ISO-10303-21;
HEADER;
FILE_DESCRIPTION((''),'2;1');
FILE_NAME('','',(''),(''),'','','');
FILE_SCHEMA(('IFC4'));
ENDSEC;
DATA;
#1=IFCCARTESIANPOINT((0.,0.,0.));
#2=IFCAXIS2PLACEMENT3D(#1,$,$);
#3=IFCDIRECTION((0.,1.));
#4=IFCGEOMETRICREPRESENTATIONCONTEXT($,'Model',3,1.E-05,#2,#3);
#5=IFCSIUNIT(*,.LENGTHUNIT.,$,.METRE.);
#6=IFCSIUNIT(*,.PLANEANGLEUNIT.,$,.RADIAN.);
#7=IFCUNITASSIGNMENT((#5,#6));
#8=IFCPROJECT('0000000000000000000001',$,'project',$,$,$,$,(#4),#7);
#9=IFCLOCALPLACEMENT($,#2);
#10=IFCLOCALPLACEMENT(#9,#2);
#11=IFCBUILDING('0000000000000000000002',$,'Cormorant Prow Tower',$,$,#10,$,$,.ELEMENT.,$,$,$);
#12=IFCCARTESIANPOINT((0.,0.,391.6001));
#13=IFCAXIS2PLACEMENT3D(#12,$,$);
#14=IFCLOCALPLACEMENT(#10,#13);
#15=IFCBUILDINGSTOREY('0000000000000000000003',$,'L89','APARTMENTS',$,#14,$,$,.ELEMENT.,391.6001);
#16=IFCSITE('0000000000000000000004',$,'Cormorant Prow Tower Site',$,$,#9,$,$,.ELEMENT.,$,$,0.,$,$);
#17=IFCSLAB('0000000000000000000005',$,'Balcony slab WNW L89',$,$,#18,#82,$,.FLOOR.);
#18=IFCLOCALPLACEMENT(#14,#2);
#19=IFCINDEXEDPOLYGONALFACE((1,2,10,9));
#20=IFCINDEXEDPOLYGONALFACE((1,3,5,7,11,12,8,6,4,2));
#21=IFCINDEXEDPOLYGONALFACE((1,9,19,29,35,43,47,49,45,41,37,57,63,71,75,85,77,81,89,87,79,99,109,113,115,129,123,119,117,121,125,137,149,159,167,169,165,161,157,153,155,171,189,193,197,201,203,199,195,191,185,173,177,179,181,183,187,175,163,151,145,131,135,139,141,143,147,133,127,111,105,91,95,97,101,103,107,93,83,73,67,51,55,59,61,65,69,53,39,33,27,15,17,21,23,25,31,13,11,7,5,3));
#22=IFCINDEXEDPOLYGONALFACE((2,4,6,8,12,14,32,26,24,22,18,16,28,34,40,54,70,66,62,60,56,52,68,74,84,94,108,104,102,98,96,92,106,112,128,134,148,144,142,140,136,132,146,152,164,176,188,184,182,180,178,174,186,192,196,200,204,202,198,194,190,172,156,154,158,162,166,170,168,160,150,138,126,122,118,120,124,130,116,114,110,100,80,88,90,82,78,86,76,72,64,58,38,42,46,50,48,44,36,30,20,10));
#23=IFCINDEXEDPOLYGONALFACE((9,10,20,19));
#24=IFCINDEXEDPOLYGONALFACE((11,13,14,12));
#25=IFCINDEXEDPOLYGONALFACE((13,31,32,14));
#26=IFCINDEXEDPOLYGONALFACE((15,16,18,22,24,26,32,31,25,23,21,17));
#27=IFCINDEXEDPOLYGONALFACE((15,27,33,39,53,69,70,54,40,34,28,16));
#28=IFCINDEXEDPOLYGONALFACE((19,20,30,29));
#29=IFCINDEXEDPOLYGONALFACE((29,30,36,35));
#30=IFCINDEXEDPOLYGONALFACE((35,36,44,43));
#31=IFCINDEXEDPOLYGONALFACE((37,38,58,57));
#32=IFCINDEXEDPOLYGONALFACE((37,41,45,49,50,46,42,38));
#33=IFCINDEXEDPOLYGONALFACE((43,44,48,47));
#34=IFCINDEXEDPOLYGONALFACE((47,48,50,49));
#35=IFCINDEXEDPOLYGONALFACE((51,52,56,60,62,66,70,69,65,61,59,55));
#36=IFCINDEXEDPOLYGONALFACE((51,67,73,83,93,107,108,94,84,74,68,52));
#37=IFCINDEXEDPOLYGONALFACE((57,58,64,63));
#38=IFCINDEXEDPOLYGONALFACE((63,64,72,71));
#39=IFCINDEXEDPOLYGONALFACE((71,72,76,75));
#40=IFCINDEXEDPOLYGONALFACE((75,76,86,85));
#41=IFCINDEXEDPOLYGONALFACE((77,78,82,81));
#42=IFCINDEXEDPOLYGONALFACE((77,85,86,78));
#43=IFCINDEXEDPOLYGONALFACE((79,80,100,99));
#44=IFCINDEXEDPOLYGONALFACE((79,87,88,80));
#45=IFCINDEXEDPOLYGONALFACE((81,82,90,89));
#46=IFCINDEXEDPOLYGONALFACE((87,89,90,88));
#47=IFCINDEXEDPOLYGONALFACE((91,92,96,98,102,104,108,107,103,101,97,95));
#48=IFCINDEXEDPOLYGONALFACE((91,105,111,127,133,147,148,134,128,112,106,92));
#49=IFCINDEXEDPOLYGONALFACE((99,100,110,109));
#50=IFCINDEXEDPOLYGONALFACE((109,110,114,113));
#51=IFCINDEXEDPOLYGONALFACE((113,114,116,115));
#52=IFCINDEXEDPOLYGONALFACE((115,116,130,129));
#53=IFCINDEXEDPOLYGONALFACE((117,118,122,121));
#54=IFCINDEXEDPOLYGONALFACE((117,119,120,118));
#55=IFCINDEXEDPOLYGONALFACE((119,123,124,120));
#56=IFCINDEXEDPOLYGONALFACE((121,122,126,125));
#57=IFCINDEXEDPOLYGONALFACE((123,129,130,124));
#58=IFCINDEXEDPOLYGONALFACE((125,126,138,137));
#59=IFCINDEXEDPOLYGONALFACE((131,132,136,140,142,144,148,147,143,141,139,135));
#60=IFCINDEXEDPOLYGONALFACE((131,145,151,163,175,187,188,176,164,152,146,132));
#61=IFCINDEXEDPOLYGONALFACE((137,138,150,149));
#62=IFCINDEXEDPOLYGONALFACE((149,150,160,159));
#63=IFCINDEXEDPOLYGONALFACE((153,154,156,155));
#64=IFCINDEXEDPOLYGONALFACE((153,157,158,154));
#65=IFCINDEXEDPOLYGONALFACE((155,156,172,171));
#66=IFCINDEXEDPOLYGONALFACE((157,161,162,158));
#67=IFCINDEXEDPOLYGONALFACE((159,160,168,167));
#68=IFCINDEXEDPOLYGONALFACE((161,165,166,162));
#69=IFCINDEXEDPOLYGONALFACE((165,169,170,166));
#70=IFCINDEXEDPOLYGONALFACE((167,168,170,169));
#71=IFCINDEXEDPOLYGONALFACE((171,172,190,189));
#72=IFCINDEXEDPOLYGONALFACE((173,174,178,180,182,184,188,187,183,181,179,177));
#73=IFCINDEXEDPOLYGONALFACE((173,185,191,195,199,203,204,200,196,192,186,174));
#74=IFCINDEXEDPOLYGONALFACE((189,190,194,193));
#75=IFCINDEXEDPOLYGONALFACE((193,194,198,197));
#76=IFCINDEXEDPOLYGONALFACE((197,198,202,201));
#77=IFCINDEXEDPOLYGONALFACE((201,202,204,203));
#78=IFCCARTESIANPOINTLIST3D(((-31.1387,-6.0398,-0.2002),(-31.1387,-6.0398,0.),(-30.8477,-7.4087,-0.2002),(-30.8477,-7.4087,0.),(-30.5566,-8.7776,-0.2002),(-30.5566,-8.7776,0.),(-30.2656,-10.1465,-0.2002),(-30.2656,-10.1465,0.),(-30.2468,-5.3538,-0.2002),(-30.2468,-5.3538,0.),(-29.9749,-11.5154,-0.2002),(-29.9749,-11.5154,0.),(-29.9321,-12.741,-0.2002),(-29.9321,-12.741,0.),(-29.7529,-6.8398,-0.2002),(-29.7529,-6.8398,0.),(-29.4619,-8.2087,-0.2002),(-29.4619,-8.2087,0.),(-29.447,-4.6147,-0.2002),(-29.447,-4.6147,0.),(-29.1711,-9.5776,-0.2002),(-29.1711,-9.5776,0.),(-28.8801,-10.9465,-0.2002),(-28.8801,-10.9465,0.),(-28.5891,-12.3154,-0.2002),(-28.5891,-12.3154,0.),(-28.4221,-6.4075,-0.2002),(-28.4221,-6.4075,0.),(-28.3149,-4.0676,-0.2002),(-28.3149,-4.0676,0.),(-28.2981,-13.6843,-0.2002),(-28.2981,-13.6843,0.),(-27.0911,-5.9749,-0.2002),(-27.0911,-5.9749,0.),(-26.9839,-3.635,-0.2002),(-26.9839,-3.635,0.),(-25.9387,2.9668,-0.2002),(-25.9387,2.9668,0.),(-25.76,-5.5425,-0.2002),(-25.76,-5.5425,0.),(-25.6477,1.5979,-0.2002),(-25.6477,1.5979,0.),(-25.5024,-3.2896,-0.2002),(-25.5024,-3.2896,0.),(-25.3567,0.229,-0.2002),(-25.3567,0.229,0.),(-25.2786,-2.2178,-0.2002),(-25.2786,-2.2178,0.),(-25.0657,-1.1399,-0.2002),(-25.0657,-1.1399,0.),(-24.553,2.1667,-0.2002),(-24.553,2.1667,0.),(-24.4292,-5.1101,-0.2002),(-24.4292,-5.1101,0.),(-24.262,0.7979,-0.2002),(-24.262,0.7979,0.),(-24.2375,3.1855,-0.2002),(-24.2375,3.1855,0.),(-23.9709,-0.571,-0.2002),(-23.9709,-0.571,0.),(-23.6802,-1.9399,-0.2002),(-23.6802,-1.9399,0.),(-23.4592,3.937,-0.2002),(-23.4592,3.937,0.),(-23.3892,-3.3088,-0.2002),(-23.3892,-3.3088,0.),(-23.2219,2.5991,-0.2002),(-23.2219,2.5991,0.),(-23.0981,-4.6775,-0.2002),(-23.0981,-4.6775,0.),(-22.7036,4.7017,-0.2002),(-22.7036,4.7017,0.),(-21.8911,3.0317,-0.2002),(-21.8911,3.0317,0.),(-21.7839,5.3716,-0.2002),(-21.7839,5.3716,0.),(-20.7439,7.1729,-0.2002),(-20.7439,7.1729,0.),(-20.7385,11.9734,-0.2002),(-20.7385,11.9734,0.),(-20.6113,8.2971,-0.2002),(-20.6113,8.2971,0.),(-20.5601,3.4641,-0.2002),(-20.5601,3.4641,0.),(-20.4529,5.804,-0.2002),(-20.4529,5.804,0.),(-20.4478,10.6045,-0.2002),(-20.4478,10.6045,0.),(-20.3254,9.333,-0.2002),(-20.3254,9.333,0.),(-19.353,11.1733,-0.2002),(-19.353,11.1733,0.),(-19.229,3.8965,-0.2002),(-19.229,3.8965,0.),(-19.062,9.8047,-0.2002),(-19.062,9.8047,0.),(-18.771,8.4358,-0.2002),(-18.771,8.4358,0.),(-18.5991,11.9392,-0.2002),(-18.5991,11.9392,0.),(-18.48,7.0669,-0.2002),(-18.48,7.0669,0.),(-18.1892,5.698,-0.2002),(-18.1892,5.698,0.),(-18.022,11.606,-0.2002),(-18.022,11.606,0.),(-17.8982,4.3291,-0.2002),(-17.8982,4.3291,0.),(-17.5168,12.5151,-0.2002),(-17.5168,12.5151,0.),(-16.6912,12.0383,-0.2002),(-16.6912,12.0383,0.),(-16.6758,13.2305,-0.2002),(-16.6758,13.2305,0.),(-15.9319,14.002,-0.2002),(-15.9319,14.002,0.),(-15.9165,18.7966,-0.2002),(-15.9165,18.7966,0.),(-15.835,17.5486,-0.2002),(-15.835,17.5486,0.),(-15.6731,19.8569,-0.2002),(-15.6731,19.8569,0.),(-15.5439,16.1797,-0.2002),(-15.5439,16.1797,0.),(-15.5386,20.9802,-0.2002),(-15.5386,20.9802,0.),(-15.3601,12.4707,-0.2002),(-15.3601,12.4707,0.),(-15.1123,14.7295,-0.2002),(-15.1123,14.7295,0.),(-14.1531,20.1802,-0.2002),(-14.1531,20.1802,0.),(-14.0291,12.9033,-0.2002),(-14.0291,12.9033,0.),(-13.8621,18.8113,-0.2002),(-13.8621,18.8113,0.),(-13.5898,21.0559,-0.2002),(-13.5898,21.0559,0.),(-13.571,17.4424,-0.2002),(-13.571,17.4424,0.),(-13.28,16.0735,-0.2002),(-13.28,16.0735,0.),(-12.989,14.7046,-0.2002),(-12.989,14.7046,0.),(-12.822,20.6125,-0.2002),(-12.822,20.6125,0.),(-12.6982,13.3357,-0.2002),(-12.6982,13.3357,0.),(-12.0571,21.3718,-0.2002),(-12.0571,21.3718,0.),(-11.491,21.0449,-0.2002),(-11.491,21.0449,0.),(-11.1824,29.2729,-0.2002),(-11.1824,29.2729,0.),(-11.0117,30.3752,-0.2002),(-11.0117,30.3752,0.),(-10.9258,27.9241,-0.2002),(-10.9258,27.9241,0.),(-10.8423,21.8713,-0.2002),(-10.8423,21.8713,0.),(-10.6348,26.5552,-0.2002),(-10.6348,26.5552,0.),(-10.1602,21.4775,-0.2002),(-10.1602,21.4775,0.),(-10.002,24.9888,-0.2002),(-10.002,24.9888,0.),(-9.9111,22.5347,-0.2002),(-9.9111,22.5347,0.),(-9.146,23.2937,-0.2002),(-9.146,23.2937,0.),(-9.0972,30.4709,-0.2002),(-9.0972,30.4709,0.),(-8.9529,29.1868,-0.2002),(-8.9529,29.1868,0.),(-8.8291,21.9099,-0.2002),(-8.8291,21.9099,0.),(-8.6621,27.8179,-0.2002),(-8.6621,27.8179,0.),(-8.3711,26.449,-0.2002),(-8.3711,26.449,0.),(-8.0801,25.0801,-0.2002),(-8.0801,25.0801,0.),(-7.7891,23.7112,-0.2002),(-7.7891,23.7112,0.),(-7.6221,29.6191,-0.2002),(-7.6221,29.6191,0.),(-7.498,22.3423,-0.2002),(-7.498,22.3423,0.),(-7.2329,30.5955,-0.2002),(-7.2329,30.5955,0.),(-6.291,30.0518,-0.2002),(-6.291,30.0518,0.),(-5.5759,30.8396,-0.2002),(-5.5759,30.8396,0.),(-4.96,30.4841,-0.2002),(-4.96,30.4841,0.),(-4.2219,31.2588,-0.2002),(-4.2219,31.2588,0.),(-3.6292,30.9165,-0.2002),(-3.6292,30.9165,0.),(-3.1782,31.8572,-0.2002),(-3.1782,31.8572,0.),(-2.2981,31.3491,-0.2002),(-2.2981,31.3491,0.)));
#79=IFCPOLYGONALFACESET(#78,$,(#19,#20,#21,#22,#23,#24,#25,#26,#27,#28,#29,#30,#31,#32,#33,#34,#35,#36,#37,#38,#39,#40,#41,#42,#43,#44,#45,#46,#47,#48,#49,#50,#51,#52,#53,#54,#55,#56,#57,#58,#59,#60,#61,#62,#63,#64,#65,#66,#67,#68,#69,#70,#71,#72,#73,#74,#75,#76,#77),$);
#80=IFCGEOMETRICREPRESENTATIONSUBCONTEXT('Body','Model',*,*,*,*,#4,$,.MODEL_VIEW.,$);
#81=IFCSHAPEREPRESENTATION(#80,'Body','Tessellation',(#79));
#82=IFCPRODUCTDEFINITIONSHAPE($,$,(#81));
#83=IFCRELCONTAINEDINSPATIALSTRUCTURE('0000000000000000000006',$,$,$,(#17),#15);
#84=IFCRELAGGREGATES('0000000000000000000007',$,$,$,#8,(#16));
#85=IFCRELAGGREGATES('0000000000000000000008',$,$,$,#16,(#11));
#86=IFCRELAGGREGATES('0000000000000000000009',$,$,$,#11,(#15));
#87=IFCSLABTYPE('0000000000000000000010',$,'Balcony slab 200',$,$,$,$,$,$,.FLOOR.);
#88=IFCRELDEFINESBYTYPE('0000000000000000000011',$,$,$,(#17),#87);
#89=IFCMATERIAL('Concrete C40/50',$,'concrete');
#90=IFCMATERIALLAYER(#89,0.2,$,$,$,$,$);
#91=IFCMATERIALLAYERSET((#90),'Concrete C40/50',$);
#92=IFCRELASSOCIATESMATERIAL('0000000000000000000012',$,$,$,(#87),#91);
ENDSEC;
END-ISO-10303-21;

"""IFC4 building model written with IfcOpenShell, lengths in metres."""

from ifc_helpers import new_model, si_unit, direction, frame, origin, place, context, subcontext, project, spatial, polyline, outline, extrude, material, layer, layer_set, type_object, element, save


model = new_model("IFC4")

# Units and contexts
model_context = context("Model", 3, precision=1e-05, world=origin(), true_north=direction((0.0, 1.0)))
body_context = subcontext(model_context, "Body", "Model", "MODEL_VIEW")
ifc_project = project(units=[si_unit("LENGTHUNIT", "METRE"), si_unit("PLANEANGLEUNIT", "RADIAN")], contexts=[model_context])

# Site, building, storey
site_placement = place(None, origin())
site = spatial("IfcSite", under=ifc_project, at=site_placement, Name="Cormorant Prow Tower Site", CompositionType="ELEMENT", RefElevation=0.0)
building_placement = place(site_placement, origin())
building = spatial("IfcBuilding", under=site, at=building_placement, Name="Cormorant Prow Tower", CompositionType="ELEMENT")
storey_placement = place(building_placement, frame((0.0, 0.0, 391.6001)))
storey = spatial("IfcBuildingStorey", under=building, at=storey_placement, Name="L89", Description="APARTMENTS", CompositionType="ELEMENT", Elevation=391.6001)

# Slab
ifc_material_1 = material(Name="Concrete C40/50", Category="concrete")
ifc_layer_1 = layer(ifc_material_1, 0.2)
ifc_layer_set_1 = layer_set([ifc_layer_1], Name="Concrete C40/50")
slab_type_1 = type_object("IfcSlabType", Name="Balcony slab 200", PredefinedType="FLOOR", material=ifc_layer_set_1)
slab_1_placement = place(storey_placement, frame((0.0, 0.0, -0.2002)))
element("IfcSlab", 1, at=slab_1_placement, inside=storey, type_object=slab_type_1, Name="Balcony slab WNW L89", PredefinedType="FLOOR", context=body_context, shape_type="SweptSolid", body=[
    extrude(outline(polyline([(-2.2981, 31.3491), (-3.1782, 31.8572), (-4.2219, 31.2588), (-5.5759, 30.8396), (-7.2329, 30.5955), (-9.0972, 30.4709), (-11.0117, 30.3752), (-11.1824, 29.2729), (-10.9258, 27.9241), (-10.6348, 26.5552), (-10.002, 24.9888), (-9.146, 23.2937), (-9.9111, 22.5347), (-10.8423, 21.8713), (-12.0571, 21.3718), (-13.5898, 21.0559), (-15.5386, 20.9802), (-15.6731, 19.8569), (-15.9165, 18.7966), (-15.835, 17.5486), (-15.5439, 16.1797), (-15.1123, 14.7295), (-15.9319, 14.002), (-16.6758, 13.2305), (-17.5168, 12.5151), (-18.5991, 11.9392), (-20.7385, 11.9734), (-20.4478, 10.6045), (-20.3254, 9.333), (-20.6113, 8.2971), (-20.7439, 7.1729), (-20.4529, 5.804), (-21.7839, 5.3716), (-22.7036, 4.7017), (-23.4592, 3.937), (-24.2375, 3.1855), (-25.9387, 2.9668), (-25.6477, 1.5979), (-25.3567, 0.229), (-25.0657, -1.1399), (-25.2786, -2.2178), (-25.5024, -3.2896), (-26.9839, -3.635), (-28.3149, -4.0676), (-29.447, -4.6147), (-30.2468, -5.3538), (-31.1387, -6.0398), (-30.8477, -7.4087), (-30.5566, -8.7776), (-30.2656, -10.1465), (-29.9749, -11.5154), (-29.9321, -12.741), (-28.2981, -13.6843), (-28.5891, -12.3154), (-28.8801, -10.9465), (-29.1711, -9.5776), (-29.4619, -8.2087), (-29.7529, -6.8398), (-28.4221, -6.4075), (-27.0911, -5.9749), (-25.76, -5.5425), (-24.4292, -5.1101), (-23.0981, -4.6775), (-23.3892, -3.3088), (-23.6802, -1.9399), (-23.9709, -0.571), (-24.262, 0.7979), (-24.553, 2.1667), (-23.2219, 2.5991), (-21.8911, 3.0317), (-20.5601, 3.4641), (-19.229, 3.8965), (-17.8982, 4.3291), (-18.1892, 5.698), (-18.48, 7.0669), (-18.771, 8.4358), (-19.062, 9.8047), (-19.353, 11.1733), (-18.022, 11.606), (-16.6912, 12.0383), (-15.3601, 12.4707), (-14.0291, 12.9033), (-12.6982, 13.3357), (-12.989, 14.7046), (-13.28, 16.0735), (-13.571, 17.4424), (-13.8621, 18.8113), (-14.1531, 20.1802), (-12.822, 20.6125), (-11.491, 21.0449), (-10.1602, 21.4775), (-8.8291, 21.9099), (-7.498, 22.3423), (-7.7891, 23.7112), (-8.0801, 25.0801), (-8.3711, 26.449), (-8.6621, 27.8179), (-8.9529, 29.1868), (-7.6221, 29.6191), (-6.291, 30.0518), (-4.96, 30.4841), (-3.6292, 30.9165), (-2.2981, 31.3491)])), origin(), (0.0, 0.0, 1.0), 0.2002),
])

save(model, "model.ifc")
